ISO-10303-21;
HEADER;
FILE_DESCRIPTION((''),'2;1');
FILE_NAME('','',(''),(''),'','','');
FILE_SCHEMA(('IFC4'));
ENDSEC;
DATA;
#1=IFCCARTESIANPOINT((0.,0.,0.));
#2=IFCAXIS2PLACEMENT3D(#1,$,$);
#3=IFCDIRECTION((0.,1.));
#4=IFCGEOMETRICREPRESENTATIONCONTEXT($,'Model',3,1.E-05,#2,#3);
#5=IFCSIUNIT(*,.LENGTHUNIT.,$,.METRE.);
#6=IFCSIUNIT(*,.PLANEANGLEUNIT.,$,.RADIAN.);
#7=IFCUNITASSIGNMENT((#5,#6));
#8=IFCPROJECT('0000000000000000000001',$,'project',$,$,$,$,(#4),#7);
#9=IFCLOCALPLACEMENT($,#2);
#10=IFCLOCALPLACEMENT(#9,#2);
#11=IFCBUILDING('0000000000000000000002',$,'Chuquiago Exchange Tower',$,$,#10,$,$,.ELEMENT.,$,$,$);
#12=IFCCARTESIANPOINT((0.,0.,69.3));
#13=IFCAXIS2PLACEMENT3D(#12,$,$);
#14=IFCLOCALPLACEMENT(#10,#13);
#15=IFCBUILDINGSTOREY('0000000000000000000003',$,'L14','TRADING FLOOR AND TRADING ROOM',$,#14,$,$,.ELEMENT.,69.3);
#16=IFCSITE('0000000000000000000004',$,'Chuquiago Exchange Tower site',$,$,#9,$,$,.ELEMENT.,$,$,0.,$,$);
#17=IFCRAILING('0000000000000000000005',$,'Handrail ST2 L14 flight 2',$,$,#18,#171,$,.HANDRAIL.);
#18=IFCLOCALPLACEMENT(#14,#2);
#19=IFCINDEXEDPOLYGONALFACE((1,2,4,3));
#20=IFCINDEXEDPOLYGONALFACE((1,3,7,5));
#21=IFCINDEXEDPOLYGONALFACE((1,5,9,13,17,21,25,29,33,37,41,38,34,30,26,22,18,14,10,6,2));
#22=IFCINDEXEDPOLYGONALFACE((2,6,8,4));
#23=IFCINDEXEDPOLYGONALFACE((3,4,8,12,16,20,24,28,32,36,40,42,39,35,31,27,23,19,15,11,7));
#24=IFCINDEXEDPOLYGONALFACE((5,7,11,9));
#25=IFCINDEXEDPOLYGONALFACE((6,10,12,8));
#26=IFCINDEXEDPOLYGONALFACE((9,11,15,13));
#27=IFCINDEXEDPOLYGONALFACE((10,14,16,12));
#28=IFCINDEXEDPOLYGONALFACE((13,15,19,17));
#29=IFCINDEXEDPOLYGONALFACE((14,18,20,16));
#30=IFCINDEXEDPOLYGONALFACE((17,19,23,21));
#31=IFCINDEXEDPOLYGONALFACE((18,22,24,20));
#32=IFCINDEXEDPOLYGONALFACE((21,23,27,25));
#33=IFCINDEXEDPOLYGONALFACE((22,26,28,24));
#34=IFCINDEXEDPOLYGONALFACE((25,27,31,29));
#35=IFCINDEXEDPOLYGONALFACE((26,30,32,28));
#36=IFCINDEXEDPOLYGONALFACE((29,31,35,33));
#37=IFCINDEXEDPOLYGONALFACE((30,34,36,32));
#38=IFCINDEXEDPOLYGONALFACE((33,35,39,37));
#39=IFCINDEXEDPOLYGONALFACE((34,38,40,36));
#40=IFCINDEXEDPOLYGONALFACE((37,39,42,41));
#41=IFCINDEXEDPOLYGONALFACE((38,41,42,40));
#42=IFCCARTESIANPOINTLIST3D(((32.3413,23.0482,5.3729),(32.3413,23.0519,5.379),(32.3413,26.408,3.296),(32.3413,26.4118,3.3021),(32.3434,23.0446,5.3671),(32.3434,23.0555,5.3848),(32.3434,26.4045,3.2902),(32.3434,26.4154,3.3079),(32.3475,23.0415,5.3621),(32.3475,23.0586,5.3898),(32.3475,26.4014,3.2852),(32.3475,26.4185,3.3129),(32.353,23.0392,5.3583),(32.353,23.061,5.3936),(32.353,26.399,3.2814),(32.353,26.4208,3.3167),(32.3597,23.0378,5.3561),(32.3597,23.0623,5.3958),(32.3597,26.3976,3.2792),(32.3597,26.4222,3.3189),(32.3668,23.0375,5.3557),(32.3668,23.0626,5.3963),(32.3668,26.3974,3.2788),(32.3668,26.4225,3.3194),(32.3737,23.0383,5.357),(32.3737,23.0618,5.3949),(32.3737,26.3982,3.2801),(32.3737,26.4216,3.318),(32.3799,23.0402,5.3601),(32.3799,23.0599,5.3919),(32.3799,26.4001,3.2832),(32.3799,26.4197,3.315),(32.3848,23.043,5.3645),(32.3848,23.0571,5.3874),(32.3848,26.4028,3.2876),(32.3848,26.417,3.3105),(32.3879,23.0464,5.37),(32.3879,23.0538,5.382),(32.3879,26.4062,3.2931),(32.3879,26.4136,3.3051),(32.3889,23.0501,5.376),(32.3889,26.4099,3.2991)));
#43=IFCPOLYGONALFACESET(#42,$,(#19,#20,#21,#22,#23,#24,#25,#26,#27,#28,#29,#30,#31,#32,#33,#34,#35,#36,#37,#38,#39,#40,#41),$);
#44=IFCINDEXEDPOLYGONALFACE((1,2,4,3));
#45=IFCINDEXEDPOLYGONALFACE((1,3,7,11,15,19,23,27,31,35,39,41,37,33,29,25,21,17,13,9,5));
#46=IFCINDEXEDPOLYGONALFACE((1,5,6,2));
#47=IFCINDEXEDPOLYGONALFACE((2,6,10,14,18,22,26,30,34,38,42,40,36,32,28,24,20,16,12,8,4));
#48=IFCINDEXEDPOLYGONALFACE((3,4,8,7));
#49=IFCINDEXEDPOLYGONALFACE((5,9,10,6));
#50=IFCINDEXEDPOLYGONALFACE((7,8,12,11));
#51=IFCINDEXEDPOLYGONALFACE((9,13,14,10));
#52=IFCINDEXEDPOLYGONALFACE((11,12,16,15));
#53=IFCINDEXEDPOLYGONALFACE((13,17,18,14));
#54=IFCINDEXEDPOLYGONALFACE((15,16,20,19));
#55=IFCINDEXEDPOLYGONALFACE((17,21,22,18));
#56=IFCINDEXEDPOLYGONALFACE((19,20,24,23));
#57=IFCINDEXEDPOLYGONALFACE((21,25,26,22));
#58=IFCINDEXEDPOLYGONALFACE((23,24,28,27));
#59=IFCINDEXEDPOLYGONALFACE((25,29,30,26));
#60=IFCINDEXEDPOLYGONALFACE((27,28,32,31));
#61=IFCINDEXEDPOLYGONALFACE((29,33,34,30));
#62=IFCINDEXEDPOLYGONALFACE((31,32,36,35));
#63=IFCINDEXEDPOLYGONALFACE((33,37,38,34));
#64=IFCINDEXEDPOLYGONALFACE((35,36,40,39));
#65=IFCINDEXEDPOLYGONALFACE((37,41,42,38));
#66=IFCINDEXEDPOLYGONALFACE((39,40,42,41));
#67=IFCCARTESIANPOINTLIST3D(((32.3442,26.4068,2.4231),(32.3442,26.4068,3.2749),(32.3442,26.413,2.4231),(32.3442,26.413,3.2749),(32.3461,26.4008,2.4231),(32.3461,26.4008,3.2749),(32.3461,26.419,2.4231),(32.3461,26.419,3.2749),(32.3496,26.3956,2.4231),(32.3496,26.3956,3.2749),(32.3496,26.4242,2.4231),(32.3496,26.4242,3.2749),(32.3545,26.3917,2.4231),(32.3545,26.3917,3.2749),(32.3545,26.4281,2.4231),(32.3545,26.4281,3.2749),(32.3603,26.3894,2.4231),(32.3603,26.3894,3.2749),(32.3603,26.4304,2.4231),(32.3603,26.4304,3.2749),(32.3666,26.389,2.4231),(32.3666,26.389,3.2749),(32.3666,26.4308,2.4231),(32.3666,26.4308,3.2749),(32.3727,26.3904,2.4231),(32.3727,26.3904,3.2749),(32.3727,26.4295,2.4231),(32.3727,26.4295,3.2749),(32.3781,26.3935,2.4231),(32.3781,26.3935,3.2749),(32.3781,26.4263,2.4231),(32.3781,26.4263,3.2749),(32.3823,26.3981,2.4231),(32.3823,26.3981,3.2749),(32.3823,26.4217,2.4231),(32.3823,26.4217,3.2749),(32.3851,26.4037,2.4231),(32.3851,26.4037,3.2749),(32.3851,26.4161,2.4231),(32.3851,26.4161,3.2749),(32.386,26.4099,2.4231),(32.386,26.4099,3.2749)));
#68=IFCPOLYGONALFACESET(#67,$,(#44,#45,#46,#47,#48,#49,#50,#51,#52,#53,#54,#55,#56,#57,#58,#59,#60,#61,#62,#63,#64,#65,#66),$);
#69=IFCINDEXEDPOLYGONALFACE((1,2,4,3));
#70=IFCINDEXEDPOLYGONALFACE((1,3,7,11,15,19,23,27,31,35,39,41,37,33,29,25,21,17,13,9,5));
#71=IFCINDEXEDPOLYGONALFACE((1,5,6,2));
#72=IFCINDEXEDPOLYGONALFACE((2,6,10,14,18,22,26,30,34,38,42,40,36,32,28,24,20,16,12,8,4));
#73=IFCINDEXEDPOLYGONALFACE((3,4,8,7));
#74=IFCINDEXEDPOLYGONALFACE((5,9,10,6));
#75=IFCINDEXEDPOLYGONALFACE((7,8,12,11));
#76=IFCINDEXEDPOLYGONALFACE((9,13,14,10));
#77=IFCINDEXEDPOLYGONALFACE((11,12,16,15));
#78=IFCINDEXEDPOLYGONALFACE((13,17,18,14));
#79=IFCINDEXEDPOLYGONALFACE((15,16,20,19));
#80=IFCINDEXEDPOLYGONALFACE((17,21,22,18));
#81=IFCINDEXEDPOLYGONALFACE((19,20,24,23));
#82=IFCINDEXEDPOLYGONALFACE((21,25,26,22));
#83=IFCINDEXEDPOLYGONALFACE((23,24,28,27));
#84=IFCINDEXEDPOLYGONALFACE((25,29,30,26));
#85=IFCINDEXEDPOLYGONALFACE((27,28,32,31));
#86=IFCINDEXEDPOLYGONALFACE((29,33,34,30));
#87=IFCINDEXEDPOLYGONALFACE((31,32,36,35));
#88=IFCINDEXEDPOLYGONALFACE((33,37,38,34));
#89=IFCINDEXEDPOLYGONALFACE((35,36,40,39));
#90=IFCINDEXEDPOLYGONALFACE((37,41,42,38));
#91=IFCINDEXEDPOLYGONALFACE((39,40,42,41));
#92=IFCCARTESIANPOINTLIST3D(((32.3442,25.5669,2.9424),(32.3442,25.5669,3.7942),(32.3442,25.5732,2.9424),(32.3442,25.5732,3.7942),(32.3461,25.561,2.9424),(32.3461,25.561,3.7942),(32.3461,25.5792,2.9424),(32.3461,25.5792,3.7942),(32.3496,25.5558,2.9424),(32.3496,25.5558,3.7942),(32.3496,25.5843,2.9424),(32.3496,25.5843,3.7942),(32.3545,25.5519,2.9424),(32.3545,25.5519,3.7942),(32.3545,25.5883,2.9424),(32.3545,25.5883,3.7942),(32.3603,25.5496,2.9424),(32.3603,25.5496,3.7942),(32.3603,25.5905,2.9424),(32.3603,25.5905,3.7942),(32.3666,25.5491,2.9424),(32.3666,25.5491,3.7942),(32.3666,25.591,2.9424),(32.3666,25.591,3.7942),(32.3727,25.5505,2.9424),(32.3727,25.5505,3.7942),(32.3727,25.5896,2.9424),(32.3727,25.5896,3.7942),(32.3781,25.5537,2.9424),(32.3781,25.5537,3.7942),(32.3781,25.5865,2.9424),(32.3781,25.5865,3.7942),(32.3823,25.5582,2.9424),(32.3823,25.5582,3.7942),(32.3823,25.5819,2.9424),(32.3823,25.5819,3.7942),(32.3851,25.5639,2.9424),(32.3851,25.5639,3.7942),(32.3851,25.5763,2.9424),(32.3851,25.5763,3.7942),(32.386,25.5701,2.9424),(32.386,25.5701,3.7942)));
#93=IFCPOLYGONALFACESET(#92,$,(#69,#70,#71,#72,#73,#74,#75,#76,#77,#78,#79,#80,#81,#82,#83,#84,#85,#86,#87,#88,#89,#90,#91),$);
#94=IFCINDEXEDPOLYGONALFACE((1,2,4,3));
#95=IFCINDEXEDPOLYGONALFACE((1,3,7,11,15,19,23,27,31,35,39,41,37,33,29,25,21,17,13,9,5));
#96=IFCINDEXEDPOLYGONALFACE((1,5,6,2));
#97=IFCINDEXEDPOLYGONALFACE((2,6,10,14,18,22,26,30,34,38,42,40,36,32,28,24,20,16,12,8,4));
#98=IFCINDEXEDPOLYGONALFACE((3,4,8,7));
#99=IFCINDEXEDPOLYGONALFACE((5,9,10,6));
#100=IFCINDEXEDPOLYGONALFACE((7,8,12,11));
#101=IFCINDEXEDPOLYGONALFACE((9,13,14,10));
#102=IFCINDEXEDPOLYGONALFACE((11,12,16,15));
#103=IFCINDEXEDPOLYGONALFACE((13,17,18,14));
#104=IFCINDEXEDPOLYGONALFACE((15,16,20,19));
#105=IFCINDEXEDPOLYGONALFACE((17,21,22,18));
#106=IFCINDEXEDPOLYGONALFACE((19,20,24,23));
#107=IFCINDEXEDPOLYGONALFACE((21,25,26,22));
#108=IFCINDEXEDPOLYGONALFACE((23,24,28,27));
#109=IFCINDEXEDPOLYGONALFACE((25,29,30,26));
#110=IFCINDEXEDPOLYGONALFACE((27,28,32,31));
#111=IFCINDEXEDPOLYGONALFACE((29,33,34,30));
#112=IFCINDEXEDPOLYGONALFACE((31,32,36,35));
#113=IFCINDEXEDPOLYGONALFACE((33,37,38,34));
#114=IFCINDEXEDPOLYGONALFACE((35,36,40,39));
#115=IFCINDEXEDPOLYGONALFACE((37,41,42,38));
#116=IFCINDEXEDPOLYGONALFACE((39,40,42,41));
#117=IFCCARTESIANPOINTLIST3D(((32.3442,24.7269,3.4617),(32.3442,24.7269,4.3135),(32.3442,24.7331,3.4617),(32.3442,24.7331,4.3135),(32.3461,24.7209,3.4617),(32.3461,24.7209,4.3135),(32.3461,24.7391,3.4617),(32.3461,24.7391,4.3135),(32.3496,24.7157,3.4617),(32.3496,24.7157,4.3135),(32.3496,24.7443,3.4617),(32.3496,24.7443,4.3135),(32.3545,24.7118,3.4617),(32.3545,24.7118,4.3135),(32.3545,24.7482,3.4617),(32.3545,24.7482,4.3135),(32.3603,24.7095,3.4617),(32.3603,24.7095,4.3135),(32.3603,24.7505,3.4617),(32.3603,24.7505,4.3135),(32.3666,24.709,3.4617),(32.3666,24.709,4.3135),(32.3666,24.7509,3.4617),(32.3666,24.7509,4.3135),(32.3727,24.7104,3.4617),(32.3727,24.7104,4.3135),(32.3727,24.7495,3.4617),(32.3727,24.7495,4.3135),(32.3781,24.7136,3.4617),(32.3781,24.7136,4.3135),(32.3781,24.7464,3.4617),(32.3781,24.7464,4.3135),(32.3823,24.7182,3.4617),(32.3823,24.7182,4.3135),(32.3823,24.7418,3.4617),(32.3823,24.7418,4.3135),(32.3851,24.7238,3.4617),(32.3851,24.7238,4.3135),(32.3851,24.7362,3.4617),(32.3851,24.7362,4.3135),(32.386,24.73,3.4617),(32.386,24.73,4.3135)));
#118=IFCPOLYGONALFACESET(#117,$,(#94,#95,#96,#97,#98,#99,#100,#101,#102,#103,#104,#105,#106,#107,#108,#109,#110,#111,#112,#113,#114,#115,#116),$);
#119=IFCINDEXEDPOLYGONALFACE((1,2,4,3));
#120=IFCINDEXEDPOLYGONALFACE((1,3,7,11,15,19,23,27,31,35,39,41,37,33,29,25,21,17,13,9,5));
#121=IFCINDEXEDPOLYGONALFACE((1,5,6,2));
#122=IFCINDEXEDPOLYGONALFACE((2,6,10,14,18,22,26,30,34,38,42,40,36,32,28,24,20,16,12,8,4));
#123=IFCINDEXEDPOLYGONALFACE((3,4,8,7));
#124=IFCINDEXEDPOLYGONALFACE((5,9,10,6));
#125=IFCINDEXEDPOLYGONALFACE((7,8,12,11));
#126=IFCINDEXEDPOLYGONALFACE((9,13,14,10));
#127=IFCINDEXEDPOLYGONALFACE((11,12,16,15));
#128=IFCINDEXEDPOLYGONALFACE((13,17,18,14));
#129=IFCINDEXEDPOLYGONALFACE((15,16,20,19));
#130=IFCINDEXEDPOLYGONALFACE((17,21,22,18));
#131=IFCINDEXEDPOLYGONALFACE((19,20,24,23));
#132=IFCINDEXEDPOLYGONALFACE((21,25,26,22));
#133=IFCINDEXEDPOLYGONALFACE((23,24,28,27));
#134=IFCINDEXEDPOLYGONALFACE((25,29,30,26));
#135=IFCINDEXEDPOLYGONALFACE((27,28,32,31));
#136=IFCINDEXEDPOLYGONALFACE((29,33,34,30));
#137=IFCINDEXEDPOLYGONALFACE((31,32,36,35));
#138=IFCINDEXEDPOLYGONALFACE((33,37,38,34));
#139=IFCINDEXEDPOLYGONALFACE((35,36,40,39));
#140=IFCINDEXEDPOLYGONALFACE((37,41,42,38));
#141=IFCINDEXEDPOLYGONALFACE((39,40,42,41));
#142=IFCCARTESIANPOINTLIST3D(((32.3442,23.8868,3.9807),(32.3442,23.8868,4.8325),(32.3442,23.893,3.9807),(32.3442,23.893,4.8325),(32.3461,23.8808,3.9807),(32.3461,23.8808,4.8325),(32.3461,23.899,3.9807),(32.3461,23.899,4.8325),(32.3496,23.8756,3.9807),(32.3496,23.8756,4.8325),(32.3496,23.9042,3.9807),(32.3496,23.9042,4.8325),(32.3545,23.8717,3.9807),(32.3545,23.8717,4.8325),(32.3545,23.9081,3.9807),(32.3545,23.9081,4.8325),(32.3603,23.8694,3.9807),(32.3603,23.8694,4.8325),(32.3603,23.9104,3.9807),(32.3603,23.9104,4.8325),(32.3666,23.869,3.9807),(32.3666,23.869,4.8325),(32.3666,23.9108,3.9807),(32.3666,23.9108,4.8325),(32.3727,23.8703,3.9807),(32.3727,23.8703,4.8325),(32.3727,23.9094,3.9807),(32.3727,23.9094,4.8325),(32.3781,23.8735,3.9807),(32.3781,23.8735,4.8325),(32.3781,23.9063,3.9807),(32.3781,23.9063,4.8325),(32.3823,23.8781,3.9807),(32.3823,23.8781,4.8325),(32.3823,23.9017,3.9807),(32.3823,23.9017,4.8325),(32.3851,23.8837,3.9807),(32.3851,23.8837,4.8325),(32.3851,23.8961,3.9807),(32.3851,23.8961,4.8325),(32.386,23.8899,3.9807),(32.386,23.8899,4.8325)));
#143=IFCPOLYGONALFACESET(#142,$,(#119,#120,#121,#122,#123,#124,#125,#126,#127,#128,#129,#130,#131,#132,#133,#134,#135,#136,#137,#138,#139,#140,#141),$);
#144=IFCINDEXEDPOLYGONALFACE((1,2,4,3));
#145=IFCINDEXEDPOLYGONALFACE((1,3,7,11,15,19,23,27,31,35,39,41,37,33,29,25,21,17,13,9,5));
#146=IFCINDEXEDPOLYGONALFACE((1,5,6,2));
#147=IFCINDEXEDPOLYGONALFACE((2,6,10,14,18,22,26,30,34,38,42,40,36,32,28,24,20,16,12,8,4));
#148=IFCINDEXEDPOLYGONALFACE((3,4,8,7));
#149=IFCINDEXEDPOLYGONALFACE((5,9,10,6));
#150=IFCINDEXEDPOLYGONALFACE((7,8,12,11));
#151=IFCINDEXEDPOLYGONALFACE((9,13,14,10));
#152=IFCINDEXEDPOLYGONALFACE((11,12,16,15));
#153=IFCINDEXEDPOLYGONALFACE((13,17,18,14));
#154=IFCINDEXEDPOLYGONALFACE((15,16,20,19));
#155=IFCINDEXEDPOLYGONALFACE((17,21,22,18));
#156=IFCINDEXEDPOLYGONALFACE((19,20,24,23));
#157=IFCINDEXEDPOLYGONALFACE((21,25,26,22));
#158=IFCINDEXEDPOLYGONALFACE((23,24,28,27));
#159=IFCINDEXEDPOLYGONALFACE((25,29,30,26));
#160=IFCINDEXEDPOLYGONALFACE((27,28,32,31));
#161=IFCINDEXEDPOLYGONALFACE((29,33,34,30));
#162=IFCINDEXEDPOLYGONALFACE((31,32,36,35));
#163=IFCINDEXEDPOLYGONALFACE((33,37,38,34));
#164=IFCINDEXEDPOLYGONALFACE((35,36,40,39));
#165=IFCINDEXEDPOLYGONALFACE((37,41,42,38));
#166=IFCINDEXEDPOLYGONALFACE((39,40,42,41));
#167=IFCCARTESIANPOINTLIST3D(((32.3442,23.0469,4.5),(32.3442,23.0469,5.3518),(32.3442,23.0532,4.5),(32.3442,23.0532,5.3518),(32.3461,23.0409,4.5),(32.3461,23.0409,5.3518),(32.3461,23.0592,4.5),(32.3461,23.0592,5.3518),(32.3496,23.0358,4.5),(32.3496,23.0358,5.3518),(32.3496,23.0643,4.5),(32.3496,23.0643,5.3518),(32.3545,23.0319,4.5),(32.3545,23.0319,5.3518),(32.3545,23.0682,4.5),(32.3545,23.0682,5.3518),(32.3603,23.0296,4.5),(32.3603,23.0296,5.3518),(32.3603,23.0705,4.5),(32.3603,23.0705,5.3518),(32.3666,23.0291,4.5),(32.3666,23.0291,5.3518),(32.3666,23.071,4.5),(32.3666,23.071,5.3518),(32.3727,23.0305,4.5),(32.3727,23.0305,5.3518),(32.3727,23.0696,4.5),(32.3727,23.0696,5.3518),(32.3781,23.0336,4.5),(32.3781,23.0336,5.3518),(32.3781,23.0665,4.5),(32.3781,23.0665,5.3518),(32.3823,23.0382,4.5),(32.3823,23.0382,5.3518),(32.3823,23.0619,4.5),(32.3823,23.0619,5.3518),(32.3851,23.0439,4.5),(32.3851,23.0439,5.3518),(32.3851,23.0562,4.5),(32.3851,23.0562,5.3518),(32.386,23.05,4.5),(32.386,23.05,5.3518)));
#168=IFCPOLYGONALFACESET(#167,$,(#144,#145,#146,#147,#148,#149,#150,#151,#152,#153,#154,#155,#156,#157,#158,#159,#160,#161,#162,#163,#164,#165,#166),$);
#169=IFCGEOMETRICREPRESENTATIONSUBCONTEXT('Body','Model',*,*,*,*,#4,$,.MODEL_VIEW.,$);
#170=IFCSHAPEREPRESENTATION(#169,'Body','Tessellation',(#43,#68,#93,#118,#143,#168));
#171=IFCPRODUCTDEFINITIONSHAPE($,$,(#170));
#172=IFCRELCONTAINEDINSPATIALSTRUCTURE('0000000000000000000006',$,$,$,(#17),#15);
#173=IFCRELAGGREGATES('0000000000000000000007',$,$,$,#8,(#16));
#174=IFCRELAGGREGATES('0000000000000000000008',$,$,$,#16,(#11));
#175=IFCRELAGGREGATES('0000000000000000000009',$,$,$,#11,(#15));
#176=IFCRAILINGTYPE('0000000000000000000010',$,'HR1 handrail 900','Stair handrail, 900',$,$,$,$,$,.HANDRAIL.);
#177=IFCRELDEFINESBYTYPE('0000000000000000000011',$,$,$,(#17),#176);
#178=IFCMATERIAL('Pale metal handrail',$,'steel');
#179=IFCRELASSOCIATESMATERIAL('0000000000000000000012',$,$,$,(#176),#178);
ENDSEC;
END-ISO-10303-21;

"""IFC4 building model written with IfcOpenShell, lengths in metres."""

from ifc_helpers import new_model, si_unit, direction, frame, origin, origin_2d, place, context, subcontext, project, spatial, circle, extrude, material, type_object, element, save


model = new_model("IFC4")

# Units and contexts
model_context = context("Model", 3, precision=1e-05, world=origin(), true_north=direction((0.0, 1.0)))
body_context = subcontext(model_context, "Body", "Model", "MODEL_VIEW")
ifc_project = project(units=[si_unit("LENGTHUNIT", "METRE"), si_unit("PLANEANGLEUNIT", "RADIAN")], contexts=[model_context])

# Site, building, storey
site_placement = place(None, origin())
site = spatial("IfcSite", under=ifc_project, at=site_placement, Name="Chuquiago Exchange Tower site", CompositionType="ELEMENT", RefElevation=0.0)
building_placement = place(site_placement, origin())
building = spatial("IfcBuilding", under=site, at=building_placement, Name="Chuquiago Exchange Tower", CompositionType="ELEMENT")
storey_placement = place(building_placement, frame((0.0, 0.0, 69.3)))
storey = spatial("IfcBuildingStorey", under=building, at=storey_placement, Name="L14", Description="TRADING FLOOR AND TRADING ROOM", CompositionType="ELEMENT", Elevation=69.3)

# Railing
ifc_material_1 = material(Name="Pale metal handrail", Category="steel")
railing_type_1 = type_object("IfcRailingType", Name="HR1 handrail 900", Description="Stair handrail, 900", PredefinedType="HANDRAIL", material=ifc_material_1)
for number, where, name in (
    (1, (32.365, 26.4099, 2.4231), "Handrail ST2 L14 flight 2"),
):
    element("IfcRailing", number, at=place(storey_placement, frame(where)), inside=storey, type_object=railing_type_1, Name=name, PredefinedType="HANDRAIL", context=body_context, shape_type="SweptSolid", body=[
        extrude(circle(Radius=0.0239, at=origin_2d()), frame((0.0, 0.0, 0.876), z_axis=(0.0, -0.850606, 0.525803), x_axis=(1.0, 0.0, 0.0)), (0.0, 0.0, 1.0), 3.95),
        extrude(circle(Radius=0.021, at=origin_2d()), origin(), (0.0, 0.0, 1.0), 0.8518),
        extrude(circle(Radius=0.021, at=origin_2d()), frame((0.0, -0.8398, 0.5193)), (0.0, 0.0, 1.0), 0.8518),
        extrude(circle(Radius=0.021, at=origin_2d()), frame((0.0, -1.6799, 1.0386)), (0.0, 0.0, 1.0), 0.8518),
        extrude(circle(Radius=0.021, at=origin_2d()), frame((0.0, -2.52, 1.5576)), (0.0, 0.0, 1.0), 0.8518),
        extrude(circle(Radius=0.021, at=origin_2d()), frame((0.0, -3.3599, 2.0769)), (0.0, 0.0, 1.0), 0.8518),
    ])

save(model, "model.ifc")
